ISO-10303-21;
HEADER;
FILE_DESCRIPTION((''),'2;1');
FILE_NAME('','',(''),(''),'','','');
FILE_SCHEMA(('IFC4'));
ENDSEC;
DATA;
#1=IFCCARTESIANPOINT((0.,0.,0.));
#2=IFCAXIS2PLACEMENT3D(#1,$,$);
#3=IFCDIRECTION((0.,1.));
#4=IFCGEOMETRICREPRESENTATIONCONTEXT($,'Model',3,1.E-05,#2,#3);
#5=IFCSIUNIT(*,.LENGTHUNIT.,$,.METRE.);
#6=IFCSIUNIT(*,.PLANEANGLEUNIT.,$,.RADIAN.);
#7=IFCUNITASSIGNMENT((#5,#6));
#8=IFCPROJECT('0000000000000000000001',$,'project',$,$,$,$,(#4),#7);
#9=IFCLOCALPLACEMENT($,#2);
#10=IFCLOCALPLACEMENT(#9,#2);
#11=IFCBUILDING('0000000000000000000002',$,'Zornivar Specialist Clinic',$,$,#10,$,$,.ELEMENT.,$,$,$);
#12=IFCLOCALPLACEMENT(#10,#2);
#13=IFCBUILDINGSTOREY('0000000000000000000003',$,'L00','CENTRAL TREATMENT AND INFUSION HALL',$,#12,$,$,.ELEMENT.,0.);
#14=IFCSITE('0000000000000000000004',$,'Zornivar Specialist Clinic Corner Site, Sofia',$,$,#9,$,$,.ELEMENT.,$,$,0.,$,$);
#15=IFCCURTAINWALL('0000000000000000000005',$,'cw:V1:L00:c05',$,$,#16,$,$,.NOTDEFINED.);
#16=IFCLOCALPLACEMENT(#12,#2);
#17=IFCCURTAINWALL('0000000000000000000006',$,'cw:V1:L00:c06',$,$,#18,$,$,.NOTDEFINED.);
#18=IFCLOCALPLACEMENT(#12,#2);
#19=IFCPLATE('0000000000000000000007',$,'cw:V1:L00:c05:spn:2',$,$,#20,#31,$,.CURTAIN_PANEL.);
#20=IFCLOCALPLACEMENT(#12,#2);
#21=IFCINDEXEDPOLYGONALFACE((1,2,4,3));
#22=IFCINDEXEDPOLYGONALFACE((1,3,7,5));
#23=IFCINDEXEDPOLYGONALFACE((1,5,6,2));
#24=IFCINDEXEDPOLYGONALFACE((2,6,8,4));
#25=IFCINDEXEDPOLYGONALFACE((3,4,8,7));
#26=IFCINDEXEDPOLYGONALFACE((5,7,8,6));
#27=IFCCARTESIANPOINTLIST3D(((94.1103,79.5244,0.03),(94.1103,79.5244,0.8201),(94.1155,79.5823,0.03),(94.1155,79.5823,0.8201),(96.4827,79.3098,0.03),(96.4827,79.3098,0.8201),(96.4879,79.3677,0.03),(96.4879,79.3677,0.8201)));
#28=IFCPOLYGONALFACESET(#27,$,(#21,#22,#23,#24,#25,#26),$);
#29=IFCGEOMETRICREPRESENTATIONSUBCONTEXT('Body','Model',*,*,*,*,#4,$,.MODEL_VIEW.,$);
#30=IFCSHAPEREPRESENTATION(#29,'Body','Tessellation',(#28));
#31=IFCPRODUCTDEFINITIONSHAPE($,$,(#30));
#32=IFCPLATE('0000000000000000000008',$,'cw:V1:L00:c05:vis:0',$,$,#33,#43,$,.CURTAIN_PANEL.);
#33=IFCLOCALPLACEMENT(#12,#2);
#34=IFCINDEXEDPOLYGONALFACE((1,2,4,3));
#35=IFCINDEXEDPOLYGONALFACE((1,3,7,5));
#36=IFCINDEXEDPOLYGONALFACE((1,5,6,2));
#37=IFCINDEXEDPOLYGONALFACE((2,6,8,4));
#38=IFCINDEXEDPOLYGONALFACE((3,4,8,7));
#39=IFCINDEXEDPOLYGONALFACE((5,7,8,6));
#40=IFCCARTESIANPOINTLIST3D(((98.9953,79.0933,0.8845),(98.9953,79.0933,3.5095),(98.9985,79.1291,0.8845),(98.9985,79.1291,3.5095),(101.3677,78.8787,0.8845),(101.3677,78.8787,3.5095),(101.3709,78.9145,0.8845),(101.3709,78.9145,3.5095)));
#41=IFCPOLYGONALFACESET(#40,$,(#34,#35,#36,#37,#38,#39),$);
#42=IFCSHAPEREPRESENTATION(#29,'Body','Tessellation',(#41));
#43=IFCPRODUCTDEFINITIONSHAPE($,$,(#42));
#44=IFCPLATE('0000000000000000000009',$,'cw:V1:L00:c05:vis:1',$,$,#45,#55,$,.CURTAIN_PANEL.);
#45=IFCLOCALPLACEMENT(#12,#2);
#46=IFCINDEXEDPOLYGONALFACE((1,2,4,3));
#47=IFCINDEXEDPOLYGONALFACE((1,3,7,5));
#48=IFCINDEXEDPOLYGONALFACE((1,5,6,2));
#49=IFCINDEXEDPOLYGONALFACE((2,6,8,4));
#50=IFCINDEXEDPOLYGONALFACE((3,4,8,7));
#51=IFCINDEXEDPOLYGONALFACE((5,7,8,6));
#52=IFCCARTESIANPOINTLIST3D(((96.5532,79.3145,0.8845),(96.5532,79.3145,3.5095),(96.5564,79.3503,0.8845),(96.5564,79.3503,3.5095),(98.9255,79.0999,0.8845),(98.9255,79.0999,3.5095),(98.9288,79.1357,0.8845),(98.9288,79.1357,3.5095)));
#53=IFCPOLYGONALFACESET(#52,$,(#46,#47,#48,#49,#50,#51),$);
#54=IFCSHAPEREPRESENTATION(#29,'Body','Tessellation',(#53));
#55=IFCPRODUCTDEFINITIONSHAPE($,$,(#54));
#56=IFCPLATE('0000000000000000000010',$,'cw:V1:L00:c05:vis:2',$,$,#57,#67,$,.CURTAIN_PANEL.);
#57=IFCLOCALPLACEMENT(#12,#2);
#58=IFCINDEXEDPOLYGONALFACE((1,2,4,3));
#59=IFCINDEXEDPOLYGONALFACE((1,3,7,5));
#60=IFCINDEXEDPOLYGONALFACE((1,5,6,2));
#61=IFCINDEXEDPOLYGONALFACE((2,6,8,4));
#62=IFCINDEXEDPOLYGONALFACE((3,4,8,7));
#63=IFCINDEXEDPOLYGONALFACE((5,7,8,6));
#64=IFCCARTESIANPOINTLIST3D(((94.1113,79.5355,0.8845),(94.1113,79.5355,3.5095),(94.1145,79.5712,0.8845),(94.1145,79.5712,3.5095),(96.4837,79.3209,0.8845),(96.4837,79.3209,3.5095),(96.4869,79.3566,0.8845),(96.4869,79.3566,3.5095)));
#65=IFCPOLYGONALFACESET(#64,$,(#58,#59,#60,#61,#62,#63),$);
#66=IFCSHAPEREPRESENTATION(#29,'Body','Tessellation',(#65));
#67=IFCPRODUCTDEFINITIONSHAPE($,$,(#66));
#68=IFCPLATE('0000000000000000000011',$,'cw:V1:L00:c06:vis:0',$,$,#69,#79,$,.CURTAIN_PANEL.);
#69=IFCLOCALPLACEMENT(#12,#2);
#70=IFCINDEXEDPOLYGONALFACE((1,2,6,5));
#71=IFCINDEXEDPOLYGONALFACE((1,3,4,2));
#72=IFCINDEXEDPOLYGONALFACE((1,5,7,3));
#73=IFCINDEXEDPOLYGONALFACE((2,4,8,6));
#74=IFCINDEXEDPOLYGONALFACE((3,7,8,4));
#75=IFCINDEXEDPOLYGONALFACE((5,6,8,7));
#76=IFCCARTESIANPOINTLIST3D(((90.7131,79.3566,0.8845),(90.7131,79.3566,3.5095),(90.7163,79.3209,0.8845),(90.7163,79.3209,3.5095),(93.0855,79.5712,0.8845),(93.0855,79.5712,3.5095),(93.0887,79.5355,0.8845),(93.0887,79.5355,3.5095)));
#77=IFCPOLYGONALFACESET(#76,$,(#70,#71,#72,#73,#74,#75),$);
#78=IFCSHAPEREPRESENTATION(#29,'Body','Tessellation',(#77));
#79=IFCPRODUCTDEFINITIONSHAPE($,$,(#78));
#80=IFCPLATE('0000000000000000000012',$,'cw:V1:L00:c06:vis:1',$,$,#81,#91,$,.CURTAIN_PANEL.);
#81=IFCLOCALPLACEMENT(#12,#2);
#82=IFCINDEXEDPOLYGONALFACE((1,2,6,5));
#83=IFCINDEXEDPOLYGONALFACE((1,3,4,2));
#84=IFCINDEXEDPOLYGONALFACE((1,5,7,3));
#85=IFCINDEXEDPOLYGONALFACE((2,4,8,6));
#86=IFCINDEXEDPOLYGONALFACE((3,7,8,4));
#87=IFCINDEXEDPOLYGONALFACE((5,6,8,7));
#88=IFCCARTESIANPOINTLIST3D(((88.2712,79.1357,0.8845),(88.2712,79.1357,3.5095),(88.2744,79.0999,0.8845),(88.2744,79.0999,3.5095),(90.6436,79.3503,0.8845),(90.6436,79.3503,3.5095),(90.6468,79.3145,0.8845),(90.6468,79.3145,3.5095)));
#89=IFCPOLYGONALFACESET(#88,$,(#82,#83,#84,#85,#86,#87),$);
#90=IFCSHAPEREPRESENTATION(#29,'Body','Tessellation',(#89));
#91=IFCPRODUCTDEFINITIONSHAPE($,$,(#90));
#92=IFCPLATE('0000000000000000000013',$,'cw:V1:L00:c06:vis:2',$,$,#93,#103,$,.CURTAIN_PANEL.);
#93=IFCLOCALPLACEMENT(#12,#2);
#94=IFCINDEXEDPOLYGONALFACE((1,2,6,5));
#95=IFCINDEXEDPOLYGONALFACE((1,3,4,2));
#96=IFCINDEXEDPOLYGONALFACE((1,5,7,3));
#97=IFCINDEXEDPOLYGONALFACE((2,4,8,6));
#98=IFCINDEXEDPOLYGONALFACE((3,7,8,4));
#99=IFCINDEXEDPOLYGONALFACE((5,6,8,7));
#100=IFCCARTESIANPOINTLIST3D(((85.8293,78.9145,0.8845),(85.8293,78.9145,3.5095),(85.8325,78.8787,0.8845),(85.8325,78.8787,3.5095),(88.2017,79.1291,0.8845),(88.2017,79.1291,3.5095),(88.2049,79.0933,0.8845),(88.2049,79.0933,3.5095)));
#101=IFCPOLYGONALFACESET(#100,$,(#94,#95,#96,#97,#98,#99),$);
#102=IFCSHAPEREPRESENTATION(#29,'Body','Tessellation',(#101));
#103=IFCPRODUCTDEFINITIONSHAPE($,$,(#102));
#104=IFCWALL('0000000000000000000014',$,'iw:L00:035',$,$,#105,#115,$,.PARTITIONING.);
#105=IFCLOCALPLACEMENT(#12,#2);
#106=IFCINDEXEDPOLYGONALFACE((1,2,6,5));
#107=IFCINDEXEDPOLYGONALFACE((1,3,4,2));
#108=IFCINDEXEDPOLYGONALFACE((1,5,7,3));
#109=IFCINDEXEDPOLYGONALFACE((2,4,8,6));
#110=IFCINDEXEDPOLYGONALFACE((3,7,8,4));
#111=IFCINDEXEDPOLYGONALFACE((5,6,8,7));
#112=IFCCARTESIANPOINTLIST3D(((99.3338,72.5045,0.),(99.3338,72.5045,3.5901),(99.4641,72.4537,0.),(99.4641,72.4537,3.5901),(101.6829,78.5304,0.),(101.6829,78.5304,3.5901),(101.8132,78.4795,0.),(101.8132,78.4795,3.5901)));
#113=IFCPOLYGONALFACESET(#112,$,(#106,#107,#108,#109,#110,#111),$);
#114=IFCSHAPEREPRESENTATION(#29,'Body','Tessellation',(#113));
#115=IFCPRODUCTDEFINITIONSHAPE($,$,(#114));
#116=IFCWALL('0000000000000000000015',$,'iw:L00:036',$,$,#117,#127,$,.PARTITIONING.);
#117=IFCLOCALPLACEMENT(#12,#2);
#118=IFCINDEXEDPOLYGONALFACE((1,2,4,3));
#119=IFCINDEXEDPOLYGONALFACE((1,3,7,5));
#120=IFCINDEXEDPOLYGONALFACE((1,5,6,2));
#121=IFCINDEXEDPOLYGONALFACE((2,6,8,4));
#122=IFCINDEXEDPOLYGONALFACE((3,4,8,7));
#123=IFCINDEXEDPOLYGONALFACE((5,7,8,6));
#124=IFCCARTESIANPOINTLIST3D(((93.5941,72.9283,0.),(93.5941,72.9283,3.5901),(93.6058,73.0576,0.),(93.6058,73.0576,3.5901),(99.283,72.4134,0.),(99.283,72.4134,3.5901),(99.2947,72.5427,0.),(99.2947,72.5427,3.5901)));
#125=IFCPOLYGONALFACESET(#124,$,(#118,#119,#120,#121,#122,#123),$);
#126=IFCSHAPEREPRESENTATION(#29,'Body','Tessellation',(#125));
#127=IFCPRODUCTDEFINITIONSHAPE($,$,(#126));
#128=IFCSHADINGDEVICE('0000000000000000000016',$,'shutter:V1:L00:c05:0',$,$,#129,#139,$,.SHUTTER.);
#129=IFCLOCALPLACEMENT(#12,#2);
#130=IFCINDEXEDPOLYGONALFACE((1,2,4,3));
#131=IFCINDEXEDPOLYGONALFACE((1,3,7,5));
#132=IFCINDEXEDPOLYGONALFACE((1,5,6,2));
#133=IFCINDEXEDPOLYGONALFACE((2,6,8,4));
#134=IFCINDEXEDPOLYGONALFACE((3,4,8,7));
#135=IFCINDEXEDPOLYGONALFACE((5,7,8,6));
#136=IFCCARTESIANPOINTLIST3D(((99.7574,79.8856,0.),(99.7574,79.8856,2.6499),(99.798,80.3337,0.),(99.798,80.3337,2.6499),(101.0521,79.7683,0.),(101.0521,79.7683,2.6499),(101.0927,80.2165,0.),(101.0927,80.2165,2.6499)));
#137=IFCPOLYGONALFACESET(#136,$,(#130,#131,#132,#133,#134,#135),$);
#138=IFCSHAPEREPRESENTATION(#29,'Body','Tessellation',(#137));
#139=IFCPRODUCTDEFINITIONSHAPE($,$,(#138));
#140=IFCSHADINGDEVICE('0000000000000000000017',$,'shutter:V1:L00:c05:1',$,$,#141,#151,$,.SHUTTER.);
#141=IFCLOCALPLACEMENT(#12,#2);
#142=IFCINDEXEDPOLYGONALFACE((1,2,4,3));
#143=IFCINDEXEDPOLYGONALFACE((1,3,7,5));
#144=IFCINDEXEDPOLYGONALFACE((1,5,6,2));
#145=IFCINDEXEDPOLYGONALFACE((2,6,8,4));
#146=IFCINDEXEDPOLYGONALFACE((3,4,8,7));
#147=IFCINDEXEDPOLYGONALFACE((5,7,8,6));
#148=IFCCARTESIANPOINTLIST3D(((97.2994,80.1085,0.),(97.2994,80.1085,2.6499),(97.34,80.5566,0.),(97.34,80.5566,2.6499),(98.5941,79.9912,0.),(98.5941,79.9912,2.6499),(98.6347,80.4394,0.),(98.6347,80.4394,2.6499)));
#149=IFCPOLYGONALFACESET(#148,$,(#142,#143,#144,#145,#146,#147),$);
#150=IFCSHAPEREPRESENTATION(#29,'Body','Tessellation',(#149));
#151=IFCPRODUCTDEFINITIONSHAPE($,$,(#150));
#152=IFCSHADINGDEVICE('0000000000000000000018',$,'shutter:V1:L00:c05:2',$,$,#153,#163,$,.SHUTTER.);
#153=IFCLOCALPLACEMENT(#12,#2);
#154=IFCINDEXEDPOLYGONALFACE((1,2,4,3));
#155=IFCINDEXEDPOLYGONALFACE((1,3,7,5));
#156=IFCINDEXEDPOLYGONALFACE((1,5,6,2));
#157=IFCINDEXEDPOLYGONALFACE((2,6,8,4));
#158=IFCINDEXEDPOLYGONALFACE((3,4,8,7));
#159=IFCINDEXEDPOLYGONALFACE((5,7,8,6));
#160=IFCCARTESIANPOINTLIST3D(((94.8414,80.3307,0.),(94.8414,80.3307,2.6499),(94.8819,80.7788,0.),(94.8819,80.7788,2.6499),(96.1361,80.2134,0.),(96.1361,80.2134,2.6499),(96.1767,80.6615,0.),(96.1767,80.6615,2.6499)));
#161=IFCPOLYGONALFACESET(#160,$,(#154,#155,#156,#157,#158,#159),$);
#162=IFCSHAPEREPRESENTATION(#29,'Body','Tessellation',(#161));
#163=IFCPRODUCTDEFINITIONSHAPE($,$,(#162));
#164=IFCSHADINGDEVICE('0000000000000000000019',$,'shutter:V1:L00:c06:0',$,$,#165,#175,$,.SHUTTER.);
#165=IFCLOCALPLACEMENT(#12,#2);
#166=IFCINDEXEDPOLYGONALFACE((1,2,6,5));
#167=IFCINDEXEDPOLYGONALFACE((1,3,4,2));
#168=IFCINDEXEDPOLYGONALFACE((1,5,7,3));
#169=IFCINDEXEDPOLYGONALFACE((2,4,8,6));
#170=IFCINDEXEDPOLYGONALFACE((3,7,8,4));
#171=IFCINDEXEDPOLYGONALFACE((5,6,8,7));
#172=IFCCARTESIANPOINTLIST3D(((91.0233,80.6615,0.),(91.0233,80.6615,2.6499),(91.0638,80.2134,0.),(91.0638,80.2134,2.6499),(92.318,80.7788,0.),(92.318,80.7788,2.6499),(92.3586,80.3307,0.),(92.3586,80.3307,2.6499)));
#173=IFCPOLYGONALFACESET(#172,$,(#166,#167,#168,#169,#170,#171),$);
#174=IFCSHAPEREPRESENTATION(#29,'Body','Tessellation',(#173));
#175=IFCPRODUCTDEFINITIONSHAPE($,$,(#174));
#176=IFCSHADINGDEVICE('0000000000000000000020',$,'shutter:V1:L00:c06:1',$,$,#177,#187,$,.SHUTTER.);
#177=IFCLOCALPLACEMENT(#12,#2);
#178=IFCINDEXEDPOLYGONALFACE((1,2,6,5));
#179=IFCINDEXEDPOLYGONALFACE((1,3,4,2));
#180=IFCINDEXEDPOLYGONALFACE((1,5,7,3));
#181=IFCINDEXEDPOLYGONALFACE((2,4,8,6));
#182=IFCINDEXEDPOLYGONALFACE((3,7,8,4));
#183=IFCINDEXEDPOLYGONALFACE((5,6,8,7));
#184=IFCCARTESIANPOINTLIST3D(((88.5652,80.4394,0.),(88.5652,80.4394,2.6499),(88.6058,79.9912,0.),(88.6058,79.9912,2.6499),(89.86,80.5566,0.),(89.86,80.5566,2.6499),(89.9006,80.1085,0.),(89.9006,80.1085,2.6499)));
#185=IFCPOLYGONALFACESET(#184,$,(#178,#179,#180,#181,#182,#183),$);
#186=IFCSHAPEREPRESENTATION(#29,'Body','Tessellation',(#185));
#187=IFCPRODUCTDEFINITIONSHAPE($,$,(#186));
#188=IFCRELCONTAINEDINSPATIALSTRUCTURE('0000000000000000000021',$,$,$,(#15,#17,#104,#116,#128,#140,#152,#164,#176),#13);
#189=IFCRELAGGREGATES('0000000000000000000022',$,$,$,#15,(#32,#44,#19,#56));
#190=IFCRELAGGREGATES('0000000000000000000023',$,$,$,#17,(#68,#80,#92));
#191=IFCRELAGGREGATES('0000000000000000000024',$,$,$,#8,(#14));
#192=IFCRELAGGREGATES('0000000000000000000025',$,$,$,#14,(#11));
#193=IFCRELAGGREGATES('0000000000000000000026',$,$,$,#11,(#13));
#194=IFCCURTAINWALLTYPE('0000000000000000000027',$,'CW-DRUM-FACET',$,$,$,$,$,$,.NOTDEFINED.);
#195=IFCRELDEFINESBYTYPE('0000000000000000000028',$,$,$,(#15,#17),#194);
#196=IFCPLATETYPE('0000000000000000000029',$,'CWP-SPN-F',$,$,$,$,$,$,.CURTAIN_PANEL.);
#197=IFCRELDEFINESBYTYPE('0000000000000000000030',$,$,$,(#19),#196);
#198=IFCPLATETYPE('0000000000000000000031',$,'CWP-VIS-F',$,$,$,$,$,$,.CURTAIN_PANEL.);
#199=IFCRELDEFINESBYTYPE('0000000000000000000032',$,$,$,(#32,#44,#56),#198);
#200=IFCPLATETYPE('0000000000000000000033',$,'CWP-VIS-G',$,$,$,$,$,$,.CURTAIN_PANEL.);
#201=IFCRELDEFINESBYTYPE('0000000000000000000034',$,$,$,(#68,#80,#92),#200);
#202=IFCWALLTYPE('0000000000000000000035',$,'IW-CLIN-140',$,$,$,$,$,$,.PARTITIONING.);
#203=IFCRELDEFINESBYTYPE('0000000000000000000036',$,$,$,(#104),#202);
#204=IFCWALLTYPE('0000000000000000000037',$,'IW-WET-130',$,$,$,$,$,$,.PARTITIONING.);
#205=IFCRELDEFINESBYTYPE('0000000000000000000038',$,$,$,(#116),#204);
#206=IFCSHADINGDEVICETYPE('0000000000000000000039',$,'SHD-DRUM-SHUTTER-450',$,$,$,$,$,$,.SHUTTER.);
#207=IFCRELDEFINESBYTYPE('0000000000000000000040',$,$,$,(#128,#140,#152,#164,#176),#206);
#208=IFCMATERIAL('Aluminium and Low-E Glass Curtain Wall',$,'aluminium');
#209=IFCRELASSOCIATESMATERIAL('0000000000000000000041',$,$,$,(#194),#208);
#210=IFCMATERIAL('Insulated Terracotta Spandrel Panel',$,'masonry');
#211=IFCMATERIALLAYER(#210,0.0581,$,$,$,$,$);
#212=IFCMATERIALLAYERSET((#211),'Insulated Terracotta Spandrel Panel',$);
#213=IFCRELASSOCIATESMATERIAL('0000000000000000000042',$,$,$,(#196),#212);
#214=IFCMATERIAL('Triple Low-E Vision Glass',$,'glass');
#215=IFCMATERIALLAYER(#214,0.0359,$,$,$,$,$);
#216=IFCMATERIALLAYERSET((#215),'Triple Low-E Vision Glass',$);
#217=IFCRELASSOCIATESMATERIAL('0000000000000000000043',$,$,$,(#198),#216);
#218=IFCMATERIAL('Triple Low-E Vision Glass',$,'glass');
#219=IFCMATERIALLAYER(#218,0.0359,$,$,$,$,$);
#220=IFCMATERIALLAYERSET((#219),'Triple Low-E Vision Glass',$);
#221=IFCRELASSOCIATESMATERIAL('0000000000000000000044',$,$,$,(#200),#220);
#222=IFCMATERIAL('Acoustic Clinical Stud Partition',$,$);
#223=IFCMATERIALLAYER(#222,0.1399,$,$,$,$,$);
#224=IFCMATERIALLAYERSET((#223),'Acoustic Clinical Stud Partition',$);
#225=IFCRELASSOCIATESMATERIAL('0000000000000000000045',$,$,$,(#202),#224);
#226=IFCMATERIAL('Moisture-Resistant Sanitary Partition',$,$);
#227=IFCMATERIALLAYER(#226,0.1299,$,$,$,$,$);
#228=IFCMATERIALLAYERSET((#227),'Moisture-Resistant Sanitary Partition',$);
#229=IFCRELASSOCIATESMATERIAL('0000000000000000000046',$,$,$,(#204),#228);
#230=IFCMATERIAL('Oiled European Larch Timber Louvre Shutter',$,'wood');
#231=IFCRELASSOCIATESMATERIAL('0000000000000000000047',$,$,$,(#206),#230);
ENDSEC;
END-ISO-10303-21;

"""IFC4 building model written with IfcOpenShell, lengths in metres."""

from ifc_helpers import new_model, si_unit, direction, frame, frame_2d, origin, origin_2d, place, context, subcontext, project, spatial, rectangle, extrude, material, layer, layer_set, type_object, element, aggregate, save


model = new_model("IFC4")

# Units and contexts
model_context = context("Model", 3, precision=1e-05, world=origin(), true_north=direction((0.0, 1.0)))
body_context = subcontext(model_context, "Body", "Model", "MODEL_VIEW")
ifc_project = project(units=[si_unit("LENGTHUNIT", "METRE"), si_unit("PLANEANGLEUNIT", "RADIAN")], contexts=[model_context])

# Site, building, storey
site_placement = place(None, origin())
site = spatial("IfcSite", under=ifc_project, at=site_placement, Name="Zornivar Specialist Clinic Corner Site, Sofia", CompositionType="ELEMENT", RefElevation=0.0)
building_placement = place(site_placement, origin())
building = spatial("IfcBuilding", under=site, at=building_placement, Name="Zornivar Specialist Clinic", CompositionType="ELEMENT")
storey_placement = place(building_placement, origin())
storey = spatial("IfcBuildingStorey", under=building, at=storey_placement, Name="L00", Description="CENTRAL TREATMENT AND INFUSION HALL", CompositionType="ELEMENT", Elevation=0.0)

# Curtain walls
ifc_material_1 = material(Name="Aluminium and Low-E Glass Curtain Wall", Category="aluminium")
curtain_wall_type = type_object("IfcCurtainWallType", Name="CW-DRUM-FACET", PredefinedType="NOTDEFINED", material=ifc_material_1)
curtain_wall_1_placement = place(storey_placement, origin())
curtain_wall_1 = element("IfcCurtainWall", 1, at=curtain_wall_1_placement, inside=storey, type_object=curtain_wall_type, Name="cw:V1:L00:c05", PredefinedType="NOTDEFINED")
curtain_wall_2_placement = place(storey_placement, origin())
curtain_wall_2 = element("IfcCurtainWall", 2, at=curtain_wall_2_placement, inside=storey, type_object=curtain_wall_type, Name="cw:V1:L00:c06", PredefinedType="NOTDEFINED")

# Plates
ifc_material_2 = material(Name="Insulated Terracotta Spandrel Panel", Category="masonry")
ifc_layer_1 = layer(ifc_material_2, 0.0581)
ifc_layer_set_1 = layer_set([ifc_layer_1], Name="Insulated Terracotta Spandrel Panel")
plate_type_1 = type_object("IfcPlateType", Name="CWP-SPN-F", PredefinedType="CURTAIN_PANEL", material=ifc_layer_set_1)
plate_1_placement = place(storey_placement, frame((95.2991, 79.446, 0.03), z_axis=(0.0, 0.0, 1.0), x_axis=(-0.995933, 0.090099, 0.0)))
plate_1 = element("IfcPlate", 3, at=plate_1_placement, type_object=plate_type_1, Name="cw:V1:L00:c05:spn:2", PredefinedType="CURTAIN_PANEL", context=body_context, shape_type="SweptSolid", body=[
    extrude(rectangle(XDim=2.3821, YDim=0.0581, at=origin_2d()), origin(), (0.0, 0.0, 1.0), 0.79),
])
ifc_material_3 = material(Name="Triple Low-E Vision Glass", Category="glass")
ifc_layer_2 = layer(ifc_material_3, 0.0359)
ifc_layer_set_2 = layer_set([ifc_layer_2], Name="Triple Low-E Vision Glass")
plate_type_2 = type_object("IfcPlateType", Name="CWP-VIS-F", PredefinedType="CURTAIN_PANEL", material=ifc_layer_set_2)
plate_2_placement = place(storey_placement, frame((100.1831, 79.0039, 0.8845), z_axis=(0.0, 0.0, 1.0), x_axis=(-0.995933, 0.090099, 0.0)))
plate_2 = element("IfcPlate", 4, at=plate_2_placement, type_object=plate_type_2, Name="cw:V1:L00:c05:vis:0", PredefinedType="CURTAIN_PANEL", context=body_context, shape_type="SweptSolid", body=[
    extrude(rectangle(XDim=2.3821, YDim=0.0359, at=origin_2d()), origin(), (0.0, 0.0, 1.0), 2.625),
])
plate_3_placement = place(storey_placement, frame((97.741, 79.2251, 0.8845), z_axis=(0.0, 0.0, 1.0), x_axis=(-0.995933, 0.090099, 0.0)))
plate_3 = element("IfcPlate", 5, at=plate_3_placement, type_object=plate_type_2, Name="cw:V1:L00:c05:vis:1", PredefinedType="CURTAIN_PANEL", context=body_context, shape_type="SweptSolid", body=[
    extrude(rectangle(XDim=2.3821, YDim=0.0359, at=origin_2d()), origin(), (0.0, 0.0, 1.0), 2.625),
])
plate_4_placement = place(storey_placement, frame((95.2991, 79.446, 0.8845), z_axis=(0.0, 0.0, 1.0), x_axis=(-0.995933, 0.090099, 0.0)))
plate_4 = element("IfcPlate", 6, at=plate_4_placement, type_object=plate_type_2, Name="cw:V1:L00:c05:vis:2", PredefinedType="CURTAIN_PANEL", context=body_context, shape_type="SweptSolid", body=[
    extrude(rectangle(XDim=2.3821, YDim=0.0359, at=origin_2d()), origin(), (0.0, 0.0, 1.0), 2.625),
])
aggregate(curtain_wall_1, [plate_2, plate_3, plate_1, plate_4])
ifc_material_4 = material(Name="Triple Low-E Vision Glass", Category="glass")
ifc_layer_3 = layer(ifc_material_4, 0.0359)
ifc_layer_set_3 = layer_set([ifc_layer_3], Name="Triple Low-E Vision Glass")
plate_type_3 = type_object("IfcPlateType", Name="CWP-VIS-G", PredefinedType="CURTAIN_PANEL", material=ifc_layer_set_3)
plate_5_placement = place(storey_placement, frame((91.9009, 79.446, 0.8845), z_axis=(0.0, 0.0, 1.0), x_axis=(-0.995933, -0.090099, 0.0)))
plate_5 = element("IfcPlate", 7, at=plate_5_placement, type_object=plate_type_3, Name="cw:V1:L00:c06:vis:0", PredefinedType="CURTAIN_PANEL", context=body_context, shape_type="SweptSolid", body=[
    extrude(rectangle(XDim=2.3821, YDim=0.0359, at=origin_2d()), origin(), (0.0, 0.0, 1.0), 2.625),
])
plate_6_placement = place(storey_placement, frame((89.459, 79.2251, 0.8845), z_axis=(0.0, 0.0, 1.0), x_axis=(-0.995933, -0.090099, 0.0)))
plate_6 = element("IfcPlate", 8, at=plate_6_placement, type_object=plate_type_3, Name="cw:V1:L00:c06:vis:1", PredefinedType="CURTAIN_PANEL", context=body_context, shape_type="SweptSolid", body=[
    extrude(rectangle(XDim=2.3821, YDim=0.0359, at=origin_2d()), origin(), (0.0, 0.0, 1.0), 2.625),
])
plate_7_placement = place(storey_placement, frame((87.0171, 79.0039, 0.8845), z_axis=(0.0, 0.0, 1.0), x_axis=(-0.995933, -0.090099, 0.0)))
plate_7 = element("IfcPlate", 9, at=plate_7_placement, type_object=plate_type_3, Name="cw:V1:L00:c06:vis:2", PredefinedType="CURTAIN_PANEL", context=body_context, shape_type="SweptSolid", body=[
    extrude(rectangle(XDim=2.3821, YDim=0.0359, at=origin_2d()), origin(), (0.0, 0.0, 1.0), 2.625),
])
aggregate(curtain_wall_2, [plate_5, plate_6, plate_7])

# Walls
ifc_material_5 = material(Name="Acoustic Clinical Stud Partition")
ifc_layer_4 = layer(ifc_material_5, 0.1399)
ifc_layer_set_4 = layer_set([ifc_layer_4], Name="Acoustic Clinical Stud Partition")
wall_type_1 = type_object("IfcWallType", Name="IW-CLIN-140", PredefinedType="PARTITIONING", material=ifc_layer_set_4)
wall_1_placement = place(storey_placement, frame((99.3989, 72.479, 0.0), z_axis=(0.0, 0.0, 1.0), x_axis=(0.363215, 0.931705, 0.0)))
element("IfcWall", 10, at=wall_1_placement, inside=storey, type_object=wall_type_1, Name="iw:L00:035", PredefinedType="PARTITIONING", context=body_context, shape_type="SweptSolid", body=[
    extrude(rectangle(XDim=6.4675, YDim=0.1399, at=frame_2d((3.2339, 0.0))), origin(), (0.0, 0.0, 1.0), 3.5901),
])
ifc_material_6 = material(Name="Moisture-Resistant Sanitary Partition")
ifc_layer_5 = layer(ifc_material_6, 0.1299)
ifc_layer_set_5 = layer_set([ifc_layer_5], Name="Moisture-Resistant Sanitary Partition")
wall_type_2 = type_object("IfcWallType", Name="IW-WET-130", PredefinedType="PARTITIONING", material=ifc_layer_set_5)
wall_2_placement = place(storey_placement, frame((93.6001, 72.9929, 0.0), z_axis=(0.0, 0.0, 1.0), x_axis=(0.995929, -0.090139, 0.0)))
element("IfcWall", 11, at=wall_2_placement, inside=storey, type_object=wall_type_2, Name="iw:L00:036", PredefinedType="PARTITIONING", context=body_context, shape_type="SweptSolid", body=[
    extrude(rectangle(XDim=5.7122, YDim=0.1299, at=frame_2d((2.856, 0.0))), origin(), (0.0, 0.0, 1.0), 3.5901),
])

# Shading devices
ifc_material_7 = material(Name="Oiled European Larch Timber Louvre Shutter", Category="wood")
shading_device_type = type_object("IfcShadingDeviceType", Name="SHD-DRUM-SHUTTER-450", PredefinedType="SHUTTER", material=ifc_material_7)
for number, where, z_axis, x_axis, name in (
    (12, (100.425, 80.051, 0.0), (0.0, 0.0, 1.0), (-0.995925, 0.090188, 0.0), "shutter:V1:L00:c05:0"),
    (13, (97.967, 80.2739, 0.0), (0.0, 0.0, 1.0), (-0.995925, 0.090188, 0.0), "shutter:V1:L00:c05:1"),
    (14, (95.509, 80.4961, 0.0), (0.0, 0.0, 1.0), (-0.995925, 0.090188, 0.0), "shutter:V1:L00:c05:2"),
    (15, (91.6909, 80.4961, 0.0), (0.0, 0.0, 1.0), (-0.995925, -0.090188, 0.0), "shutter:V1:L00:c06:0"),
    (16, (89.2329, 80.2739, 0.0), (0.0, 0.0, 1.0), (-0.995925, -0.090188, 0.0), "shutter:V1:L00:c06:1"),
):
    element("IfcShadingDevice", number, at=place(storey_placement, frame(where, z_axis=z_axis, x_axis=x_axis)), inside=storey, type_object=shading_device_type, Name=name, PredefinedType="SHUTTER", context=body_context, shape_type="SweptSolid", body=[
        extrude(rectangle(XDim=1.3, YDim=0.45, at=origin_2d()), origin(), (0.0, 0.0, 1.0), 2.6499),
    ])

save(model, "model.ifc")
